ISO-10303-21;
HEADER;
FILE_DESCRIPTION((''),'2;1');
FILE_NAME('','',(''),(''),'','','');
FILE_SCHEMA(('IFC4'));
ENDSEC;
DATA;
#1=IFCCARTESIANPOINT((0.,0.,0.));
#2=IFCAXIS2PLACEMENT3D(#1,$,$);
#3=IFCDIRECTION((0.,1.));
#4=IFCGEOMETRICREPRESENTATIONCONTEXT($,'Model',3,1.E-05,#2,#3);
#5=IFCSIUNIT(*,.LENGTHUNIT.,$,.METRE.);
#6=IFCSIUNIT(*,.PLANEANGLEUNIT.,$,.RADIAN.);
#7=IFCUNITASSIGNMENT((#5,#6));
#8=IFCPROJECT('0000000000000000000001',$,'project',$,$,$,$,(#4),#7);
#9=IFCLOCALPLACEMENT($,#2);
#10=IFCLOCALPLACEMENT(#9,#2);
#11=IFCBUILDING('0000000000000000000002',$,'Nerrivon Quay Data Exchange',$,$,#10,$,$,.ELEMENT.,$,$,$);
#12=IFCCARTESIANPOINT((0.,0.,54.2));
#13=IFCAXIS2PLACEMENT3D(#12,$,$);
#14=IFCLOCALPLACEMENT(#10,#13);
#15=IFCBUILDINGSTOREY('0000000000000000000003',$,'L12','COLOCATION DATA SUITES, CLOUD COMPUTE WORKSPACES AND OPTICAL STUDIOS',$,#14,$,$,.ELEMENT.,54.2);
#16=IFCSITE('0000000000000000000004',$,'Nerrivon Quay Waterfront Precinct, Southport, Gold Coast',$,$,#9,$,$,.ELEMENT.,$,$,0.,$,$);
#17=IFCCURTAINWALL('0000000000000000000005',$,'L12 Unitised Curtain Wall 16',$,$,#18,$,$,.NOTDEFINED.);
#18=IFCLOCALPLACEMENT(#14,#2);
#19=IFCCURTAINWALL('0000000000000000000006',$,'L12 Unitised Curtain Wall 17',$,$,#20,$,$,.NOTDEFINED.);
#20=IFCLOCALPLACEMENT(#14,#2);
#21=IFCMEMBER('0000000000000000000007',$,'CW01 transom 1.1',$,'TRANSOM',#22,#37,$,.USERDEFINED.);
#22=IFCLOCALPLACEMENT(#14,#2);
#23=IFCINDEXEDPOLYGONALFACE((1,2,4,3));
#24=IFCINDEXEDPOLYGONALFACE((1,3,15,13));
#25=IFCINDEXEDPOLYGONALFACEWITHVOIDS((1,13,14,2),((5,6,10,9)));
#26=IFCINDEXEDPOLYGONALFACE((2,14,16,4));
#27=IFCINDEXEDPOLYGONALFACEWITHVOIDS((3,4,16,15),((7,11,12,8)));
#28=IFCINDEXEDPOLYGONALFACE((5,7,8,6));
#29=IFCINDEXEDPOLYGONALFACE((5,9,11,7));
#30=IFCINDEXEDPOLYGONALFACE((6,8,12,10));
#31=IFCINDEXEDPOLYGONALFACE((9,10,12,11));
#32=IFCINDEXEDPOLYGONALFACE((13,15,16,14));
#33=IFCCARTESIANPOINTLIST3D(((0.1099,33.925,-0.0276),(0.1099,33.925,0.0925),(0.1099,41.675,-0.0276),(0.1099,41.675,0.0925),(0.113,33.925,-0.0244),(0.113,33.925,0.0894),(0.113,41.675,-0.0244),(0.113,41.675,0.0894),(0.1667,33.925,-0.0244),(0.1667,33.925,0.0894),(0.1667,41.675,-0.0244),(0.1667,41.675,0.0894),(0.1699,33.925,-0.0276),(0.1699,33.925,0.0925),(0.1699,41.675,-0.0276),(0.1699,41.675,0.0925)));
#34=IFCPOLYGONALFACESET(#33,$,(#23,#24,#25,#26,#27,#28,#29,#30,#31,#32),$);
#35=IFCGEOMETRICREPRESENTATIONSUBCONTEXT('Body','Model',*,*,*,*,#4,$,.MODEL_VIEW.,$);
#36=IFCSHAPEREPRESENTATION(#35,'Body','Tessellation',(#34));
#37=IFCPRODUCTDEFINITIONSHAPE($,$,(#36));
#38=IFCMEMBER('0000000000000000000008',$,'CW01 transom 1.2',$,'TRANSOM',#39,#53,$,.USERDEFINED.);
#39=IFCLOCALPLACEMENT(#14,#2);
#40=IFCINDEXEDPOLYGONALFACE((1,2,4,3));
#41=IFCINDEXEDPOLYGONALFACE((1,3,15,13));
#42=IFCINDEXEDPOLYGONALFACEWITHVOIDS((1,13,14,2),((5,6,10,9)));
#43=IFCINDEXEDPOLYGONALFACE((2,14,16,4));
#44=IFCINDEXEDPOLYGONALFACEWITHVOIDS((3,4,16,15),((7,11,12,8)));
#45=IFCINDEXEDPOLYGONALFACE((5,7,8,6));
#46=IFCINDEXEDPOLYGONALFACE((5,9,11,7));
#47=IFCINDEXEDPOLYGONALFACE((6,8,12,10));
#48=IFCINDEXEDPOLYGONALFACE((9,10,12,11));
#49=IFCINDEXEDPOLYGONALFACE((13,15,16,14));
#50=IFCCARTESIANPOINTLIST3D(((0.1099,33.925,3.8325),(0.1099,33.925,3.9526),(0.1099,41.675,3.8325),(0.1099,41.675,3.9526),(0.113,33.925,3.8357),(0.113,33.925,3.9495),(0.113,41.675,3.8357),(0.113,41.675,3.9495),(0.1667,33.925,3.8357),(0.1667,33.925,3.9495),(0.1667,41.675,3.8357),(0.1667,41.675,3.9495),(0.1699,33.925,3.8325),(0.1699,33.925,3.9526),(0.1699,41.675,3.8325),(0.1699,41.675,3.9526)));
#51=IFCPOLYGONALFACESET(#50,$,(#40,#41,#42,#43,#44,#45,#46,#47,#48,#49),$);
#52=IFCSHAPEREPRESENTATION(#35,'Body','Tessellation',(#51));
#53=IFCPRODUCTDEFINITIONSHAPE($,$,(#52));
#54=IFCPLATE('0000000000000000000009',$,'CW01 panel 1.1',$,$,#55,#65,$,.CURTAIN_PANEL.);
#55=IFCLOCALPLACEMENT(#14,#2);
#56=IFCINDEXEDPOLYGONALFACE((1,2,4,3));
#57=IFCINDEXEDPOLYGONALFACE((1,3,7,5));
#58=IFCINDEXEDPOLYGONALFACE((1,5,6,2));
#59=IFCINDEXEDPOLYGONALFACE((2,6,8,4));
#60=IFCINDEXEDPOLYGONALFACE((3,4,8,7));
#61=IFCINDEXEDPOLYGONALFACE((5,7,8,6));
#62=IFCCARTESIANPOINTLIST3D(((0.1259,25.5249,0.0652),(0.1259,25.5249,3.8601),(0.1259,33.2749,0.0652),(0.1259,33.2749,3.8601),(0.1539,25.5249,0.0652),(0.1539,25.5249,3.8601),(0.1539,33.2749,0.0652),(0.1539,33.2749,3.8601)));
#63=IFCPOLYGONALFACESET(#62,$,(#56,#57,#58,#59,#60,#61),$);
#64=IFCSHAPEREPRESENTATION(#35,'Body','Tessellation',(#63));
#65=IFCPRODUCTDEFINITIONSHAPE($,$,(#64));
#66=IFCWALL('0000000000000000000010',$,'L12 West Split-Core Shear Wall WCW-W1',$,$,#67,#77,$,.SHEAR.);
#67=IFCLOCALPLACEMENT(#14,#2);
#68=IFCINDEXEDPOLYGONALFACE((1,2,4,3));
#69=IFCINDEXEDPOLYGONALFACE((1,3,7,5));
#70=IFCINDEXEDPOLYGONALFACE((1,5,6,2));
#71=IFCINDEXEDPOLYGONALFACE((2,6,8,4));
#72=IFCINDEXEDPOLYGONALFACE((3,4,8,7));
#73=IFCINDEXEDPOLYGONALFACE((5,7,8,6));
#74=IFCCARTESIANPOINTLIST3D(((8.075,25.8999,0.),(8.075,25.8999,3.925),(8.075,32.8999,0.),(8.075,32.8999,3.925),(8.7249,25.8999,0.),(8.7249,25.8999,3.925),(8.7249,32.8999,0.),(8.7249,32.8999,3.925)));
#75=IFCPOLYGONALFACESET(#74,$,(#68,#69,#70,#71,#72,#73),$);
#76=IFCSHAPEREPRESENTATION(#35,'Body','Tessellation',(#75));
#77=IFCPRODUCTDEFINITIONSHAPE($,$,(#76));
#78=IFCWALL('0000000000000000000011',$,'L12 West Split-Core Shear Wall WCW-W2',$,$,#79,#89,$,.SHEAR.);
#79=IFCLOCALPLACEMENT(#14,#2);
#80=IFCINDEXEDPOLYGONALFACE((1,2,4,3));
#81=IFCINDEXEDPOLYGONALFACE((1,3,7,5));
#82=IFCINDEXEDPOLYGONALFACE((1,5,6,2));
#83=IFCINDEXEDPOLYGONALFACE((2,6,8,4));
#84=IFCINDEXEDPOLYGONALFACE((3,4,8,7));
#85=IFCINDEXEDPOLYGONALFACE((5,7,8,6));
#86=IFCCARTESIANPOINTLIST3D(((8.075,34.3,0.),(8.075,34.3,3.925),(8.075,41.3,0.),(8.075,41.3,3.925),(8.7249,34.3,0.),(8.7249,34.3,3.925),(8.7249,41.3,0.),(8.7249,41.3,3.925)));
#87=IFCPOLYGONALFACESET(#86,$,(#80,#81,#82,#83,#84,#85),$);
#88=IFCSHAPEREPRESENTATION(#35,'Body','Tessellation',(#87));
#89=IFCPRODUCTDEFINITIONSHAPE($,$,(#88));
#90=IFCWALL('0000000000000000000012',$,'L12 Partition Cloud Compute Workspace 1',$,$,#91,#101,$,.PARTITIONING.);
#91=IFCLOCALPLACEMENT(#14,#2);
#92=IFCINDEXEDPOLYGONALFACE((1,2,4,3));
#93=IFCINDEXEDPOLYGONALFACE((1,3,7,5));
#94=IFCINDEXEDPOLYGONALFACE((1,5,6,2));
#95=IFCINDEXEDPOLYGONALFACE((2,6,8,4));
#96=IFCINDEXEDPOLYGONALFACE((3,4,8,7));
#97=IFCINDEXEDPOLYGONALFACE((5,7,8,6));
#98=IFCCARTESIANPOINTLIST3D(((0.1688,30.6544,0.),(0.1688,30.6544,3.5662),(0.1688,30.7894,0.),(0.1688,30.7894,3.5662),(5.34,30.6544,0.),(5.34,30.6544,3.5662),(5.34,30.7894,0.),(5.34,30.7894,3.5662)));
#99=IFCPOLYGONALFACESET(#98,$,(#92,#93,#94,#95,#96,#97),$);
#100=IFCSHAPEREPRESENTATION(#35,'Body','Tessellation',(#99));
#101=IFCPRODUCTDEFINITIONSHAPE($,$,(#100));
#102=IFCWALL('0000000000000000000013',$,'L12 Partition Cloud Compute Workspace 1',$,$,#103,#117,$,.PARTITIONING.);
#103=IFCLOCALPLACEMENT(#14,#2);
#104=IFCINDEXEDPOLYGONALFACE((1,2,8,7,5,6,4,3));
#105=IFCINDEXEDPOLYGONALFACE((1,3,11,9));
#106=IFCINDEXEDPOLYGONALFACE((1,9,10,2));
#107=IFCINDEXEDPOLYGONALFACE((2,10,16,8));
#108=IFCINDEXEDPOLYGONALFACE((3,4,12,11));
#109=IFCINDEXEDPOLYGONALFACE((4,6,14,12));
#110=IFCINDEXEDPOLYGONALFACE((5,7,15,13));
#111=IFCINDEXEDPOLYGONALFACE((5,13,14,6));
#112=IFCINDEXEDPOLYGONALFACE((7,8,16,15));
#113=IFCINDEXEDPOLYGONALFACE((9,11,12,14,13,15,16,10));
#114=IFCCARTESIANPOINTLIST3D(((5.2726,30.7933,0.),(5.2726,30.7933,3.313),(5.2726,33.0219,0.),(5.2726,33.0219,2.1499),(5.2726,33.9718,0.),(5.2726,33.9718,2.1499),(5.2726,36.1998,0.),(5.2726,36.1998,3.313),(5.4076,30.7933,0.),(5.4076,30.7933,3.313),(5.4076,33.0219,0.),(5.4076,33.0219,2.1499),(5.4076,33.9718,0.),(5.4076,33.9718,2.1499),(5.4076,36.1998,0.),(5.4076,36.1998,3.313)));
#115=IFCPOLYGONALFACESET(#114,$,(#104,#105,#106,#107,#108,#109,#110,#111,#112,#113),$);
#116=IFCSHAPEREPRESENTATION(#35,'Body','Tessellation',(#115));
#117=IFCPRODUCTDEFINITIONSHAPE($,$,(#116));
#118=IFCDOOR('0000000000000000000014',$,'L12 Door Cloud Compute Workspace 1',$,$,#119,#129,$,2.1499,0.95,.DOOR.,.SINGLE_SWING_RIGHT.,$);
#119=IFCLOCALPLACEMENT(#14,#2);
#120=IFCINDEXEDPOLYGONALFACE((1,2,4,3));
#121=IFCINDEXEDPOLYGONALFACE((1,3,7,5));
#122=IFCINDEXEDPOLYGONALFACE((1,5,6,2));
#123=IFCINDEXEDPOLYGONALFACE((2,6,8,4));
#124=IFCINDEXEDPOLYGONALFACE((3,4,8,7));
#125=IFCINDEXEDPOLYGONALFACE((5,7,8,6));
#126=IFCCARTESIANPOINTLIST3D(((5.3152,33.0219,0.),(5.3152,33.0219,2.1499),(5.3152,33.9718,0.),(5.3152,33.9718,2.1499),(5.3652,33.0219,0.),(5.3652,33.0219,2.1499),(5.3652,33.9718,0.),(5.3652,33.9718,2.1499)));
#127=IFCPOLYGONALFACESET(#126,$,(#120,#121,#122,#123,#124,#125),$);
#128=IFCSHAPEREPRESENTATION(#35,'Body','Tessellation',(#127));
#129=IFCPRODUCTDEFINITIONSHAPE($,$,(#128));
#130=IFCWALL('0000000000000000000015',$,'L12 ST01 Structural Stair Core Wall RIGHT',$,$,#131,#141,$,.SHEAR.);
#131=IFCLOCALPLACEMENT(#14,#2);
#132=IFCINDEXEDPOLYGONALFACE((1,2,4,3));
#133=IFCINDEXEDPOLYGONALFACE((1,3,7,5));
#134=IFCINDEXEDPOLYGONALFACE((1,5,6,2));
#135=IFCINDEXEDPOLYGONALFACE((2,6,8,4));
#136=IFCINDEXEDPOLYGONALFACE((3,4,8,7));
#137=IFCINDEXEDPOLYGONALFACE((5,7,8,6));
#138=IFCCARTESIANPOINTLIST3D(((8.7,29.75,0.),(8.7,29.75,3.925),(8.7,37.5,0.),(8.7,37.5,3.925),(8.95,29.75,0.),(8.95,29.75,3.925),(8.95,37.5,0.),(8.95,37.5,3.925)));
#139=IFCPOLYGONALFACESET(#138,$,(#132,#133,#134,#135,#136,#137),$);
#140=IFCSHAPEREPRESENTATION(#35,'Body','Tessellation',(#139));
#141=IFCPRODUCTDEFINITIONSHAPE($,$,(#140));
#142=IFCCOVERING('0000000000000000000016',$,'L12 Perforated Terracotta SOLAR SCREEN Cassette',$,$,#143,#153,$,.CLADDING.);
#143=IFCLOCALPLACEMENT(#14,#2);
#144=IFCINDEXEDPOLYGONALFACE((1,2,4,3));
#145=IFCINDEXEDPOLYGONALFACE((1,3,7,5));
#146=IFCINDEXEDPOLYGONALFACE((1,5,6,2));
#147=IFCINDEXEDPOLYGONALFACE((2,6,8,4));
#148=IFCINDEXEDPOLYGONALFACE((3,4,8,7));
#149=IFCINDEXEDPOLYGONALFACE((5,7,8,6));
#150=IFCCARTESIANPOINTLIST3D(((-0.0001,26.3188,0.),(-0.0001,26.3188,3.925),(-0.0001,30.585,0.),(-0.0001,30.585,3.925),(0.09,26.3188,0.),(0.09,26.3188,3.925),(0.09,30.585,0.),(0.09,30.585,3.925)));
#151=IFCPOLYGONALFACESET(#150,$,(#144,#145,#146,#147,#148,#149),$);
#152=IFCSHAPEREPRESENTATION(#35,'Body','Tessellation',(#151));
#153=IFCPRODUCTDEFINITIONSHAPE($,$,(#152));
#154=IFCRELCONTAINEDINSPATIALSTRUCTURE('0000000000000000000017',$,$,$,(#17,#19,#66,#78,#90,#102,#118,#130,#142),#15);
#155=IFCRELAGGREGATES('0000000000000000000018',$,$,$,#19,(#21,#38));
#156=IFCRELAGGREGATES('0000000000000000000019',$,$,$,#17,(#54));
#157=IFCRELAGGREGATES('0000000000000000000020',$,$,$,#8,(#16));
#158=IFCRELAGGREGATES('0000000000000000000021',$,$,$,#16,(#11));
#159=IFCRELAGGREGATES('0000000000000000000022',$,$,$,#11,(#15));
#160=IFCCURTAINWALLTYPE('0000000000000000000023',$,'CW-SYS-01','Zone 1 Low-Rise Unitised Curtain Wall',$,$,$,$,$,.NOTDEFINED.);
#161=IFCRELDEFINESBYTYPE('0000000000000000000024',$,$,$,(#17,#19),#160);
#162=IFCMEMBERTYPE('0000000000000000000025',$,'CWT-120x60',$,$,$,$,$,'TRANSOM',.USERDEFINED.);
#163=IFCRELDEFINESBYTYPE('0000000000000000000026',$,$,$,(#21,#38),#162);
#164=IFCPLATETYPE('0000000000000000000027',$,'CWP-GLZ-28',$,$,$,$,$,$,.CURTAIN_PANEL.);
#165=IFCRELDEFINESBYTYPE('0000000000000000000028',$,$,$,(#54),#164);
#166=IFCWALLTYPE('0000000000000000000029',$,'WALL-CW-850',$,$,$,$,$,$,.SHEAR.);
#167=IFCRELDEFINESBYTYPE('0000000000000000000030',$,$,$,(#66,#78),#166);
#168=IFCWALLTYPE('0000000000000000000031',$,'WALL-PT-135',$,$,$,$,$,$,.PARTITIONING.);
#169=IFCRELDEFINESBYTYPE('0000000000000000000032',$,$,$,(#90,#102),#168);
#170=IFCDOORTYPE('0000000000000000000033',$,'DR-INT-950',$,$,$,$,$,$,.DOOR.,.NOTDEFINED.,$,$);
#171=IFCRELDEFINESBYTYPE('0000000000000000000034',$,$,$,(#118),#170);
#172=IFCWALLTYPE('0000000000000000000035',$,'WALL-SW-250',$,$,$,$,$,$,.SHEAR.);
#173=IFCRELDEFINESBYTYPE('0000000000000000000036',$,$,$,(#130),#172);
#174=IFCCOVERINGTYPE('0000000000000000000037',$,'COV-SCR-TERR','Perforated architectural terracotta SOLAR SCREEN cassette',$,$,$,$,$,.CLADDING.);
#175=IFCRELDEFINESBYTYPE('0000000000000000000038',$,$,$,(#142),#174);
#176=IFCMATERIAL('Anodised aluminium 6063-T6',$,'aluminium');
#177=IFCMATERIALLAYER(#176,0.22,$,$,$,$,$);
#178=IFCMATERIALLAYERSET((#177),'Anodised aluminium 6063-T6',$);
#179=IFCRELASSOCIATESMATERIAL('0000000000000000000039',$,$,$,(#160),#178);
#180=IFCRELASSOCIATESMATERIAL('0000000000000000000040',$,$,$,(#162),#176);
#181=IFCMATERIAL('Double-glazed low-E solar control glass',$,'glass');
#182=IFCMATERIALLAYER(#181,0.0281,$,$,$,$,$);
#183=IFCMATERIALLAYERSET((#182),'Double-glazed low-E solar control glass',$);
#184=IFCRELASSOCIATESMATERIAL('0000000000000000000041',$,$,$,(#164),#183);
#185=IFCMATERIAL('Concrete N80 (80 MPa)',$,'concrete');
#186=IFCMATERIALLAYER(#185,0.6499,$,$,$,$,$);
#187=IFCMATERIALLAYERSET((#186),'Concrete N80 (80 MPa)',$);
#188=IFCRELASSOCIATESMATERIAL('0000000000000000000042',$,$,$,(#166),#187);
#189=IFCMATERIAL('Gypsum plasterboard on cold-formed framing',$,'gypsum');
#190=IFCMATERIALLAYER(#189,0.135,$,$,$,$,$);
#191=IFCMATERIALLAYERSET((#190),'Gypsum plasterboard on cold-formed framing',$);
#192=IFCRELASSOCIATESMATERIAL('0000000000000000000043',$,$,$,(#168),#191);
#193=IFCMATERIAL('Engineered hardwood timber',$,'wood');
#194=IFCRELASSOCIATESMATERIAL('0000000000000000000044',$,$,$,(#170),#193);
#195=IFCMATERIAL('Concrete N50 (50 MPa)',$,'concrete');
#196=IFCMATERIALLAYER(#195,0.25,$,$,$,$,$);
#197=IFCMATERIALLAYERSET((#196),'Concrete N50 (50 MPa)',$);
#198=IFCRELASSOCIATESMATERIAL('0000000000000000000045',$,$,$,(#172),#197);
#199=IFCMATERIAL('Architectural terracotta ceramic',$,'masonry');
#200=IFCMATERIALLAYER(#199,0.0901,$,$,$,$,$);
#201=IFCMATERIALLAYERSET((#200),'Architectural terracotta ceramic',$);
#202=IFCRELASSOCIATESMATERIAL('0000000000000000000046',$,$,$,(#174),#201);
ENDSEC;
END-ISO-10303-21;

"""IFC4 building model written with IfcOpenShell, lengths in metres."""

from ifc_helpers import new_model, si_unit, direction, frame, frame_2d, origin, origin_2d, place, context, subcontext, project, spatial, rectangle, hollow_rectangle, extrude, material, layer, layer_set, material_profile, profile_set, type_object, element, fill, aggregate, save


model = new_model("IFC4")

# Units and contexts
model_context = context("Model", 3, precision=1e-05, world=origin(), true_north=direction((0.0, 1.0)))
body_context = subcontext(model_context, "Body", "Model", "MODEL_VIEW")
ifc_project = project(units=[si_unit("LENGTHUNIT", "METRE"), si_unit("PLANEANGLEUNIT", "RADIAN")], contexts=[model_context])

# Site, building, storey
site_placement = place(None, origin())
site = spatial("IfcSite", under=ifc_project, at=site_placement, Name="Nerrivon Quay Waterfront Precinct, Southport, Gold Coast", CompositionType="ELEMENT", RefElevation=0.0)
building_placement = place(site_placement, origin())
building = spatial("IfcBuilding", under=site, at=building_placement, Name="Nerrivon Quay Data Exchange", CompositionType="ELEMENT")
storey_placement = place(building_placement, frame((0.0, 0.0, 54.2)))
storey = spatial("IfcBuildingStorey", under=building, at=storey_placement, Name="L12", Description="COLOCATION DATA SUITES, CLOUD COMPUTE WORKSPACES AND OPTICAL STUDIOS", CompositionType="ELEMENT", Elevation=54.2)

# Shared definitions
ifc_material_1 = material(Name="Concrete N80 (80 MPa)", Category="concrete")

# Curtain wall
ifc_material_2 = material(Name="Anodised aluminium 6063-T6", Category="aluminium")
ifc_layer_1 = layer(ifc_material_2, 0.22)
ifc_layer_set_1 = layer_set([ifc_layer_1], Name="Anodised aluminium 6063-T6")
curtain_wall_type = type_object("IfcCurtainWallType", Name="CW-SYS-01", Description="Zone 1 Low-Rise Unitised Curtain Wall", PredefinedType="NOTDEFINED", material=ifc_layer_set_1)
curtain_wall_1_placement = place(storey_placement, origin())
curtain_wall_1 = element("IfcCurtainWall", 1, at=curtain_wall_1_placement, inside=storey, type_object=curtain_wall_type, Name="L12 Unitised Curtain Wall 16", PredefinedType="NOTDEFINED")

# Curtain wall
curtain_wall_2_placement = place(storey_placement, origin())
curtain_wall_2 = element("IfcCurtainWall", 2, at=curtain_wall_2_placement, inside=storey, type_object=curtain_wall_type, Name="L12 Unitised Curtain Wall 17", PredefinedType="NOTDEFINED")

# Members
ifc_material_profile_1 = material_profile(ifc_material_2, hollow_rectangle(XDim=0.0601, YDim=0.1201, WallThickness=0.0032, at=origin_2d()), Name="ALU-TRAN-120x60")
ifc_profile_set_1 = profile_set([ifc_material_profile_1], Name="Anodised aluminium 6063-T6")
member_type_1 = type_object("IfcMemberType", Name="CWT-120x60", ElementType="TRANSOM", PredefinedType="USERDEFINED", material=ifc_profile_set_1)
member_1_placement = place(storey_placement, frame((0.1399, 33.925, 0.0325), z_axis=(0.0, 1.0, 0.0), x_axis=(-1.0, 0.0, 0.0)))
member_1 = element("IfcMember", 3, at=member_1_placement, type_object=member_type_1, Name="CW01 transom 1.1", ObjectType="TRANSOM", PredefinedType="USERDEFINED", context=body_context, shape_type="SweptSolid", body=[
    extrude(hollow_rectangle(XDim=0.0601, YDim=0.1201, WallThickness=0.0032, at=origin_2d()), origin(), (0.0, 0.0, 1.0), 7.75),
])
member_2_placement = place(storey_placement, frame((0.1399, 33.925, 3.8926), z_axis=(0.0, 1.0, 0.0), x_axis=(-1.0, 0.0, 0.0)))
member_2 = element("IfcMember", 4, at=member_2_placement, type_object=member_type_1, Name="CW01 transom 1.2", ObjectType="TRANSOM", PredefinedType="USERDEFINED", context=body_context, shape_type="SweptSolid", body=[
    extrude(hollow_rectangle(XDim=0.0601, YDim=0.1201, WallThickness=0.0032, at=origin_2d()), origin(), (0.0, 0.0, 1.0), 7.75),
])
aggregate(curtain_wall_2, [member_1, member_2])

# Plate
ifc_material_3 = material(Name="Double-glazed low-E solar control glass", Category="glass")
ifc_layer_2 = layer(ifc_material_3, 0.0281)
ifc_layer_set_2 = layer_set([ifc_layer_2], Name="Double-glazed low-E solar control glass")
plate_type = type_object("IfcPlateType", Name="CWP-GLZ-28", PredefinedType="CURTAIN_PANEL", material=ifc_layer_set_2)
plate_placement = place(storey_placement, frame((0.1399, 29.3999, 0.0652), z_axis=(0.0, 0.0, 1.0), x_axis=(0.0, 1.0, 0.0)))
plate = element("IfcPlate", 5, at=plate_placement, type_object=plate_type, Name="CW01 panel 1.1", PredefinedType="CURTAIN_PANEL", context=body_context, shape_type="SweptSolid", body=[
    extrude(rectangle(XDim=7.75, YDim=0.0281, at=origin_2d()), origin(), (0.0, 0.0, 1.0), 3.7949),
])
aggregate(curtain_wall_1, [plate])

# Walls
ifc_layer_3 = layer(ifc_material_1, 0.6499)
ifc_layer_set_3 = layer_set([ifc_layer_3], Name="Concrete N80 (80 MPa)")
wall_type_1 = type_object("IfcWallType", Name="WALL-CW-850", PredefinedType="SHEAR", material=ifc_layer_set_3)
for number, where, z_axis, x_axis, name in (
    (6, (8.3999, 25.8999, 0.0), (0.0, 0.0, 1.0), (0.0, 1.0, 0.0), "L12 West Split-Core Shear Wall WCW-W1"),
    (7, (8.3999, 34.3, 0.0), (0.0, 0.0, 1.0), (0.0, 1.0, 0.0), "L12 West Split-Core Shear Wall WCW-W2"),
):
    element("IfcWall", number, at=place(storey_placement, frame(where, z_axis=z_axis, x_axis=x_axis)), inside=storey, type_object=wall_type_1, Name=name, PredefinedType="SHEAR", context=body_context, shape_type="SweptSolid", body=[
        extrude(rectangle(XDim=7.0, YDim=0.6499, at=frame_2d((3.5, 0.0))), origin(), (0.0, 0.0, 1.0), 3.925),
    ])
ifc_material_4 = material(Name="Gypsum plasterboard on cold-formed framing", Category="gypsum")
ifc_layer_4 = layer(ifc_material_4, 0.135)
ifc_layer_set_4 = layer_set([ifc_layer_4], Name="Gypsum plasterboard on cold-formed framing")
wall_type_2 = type_object("IfcWallType", Name="WALL-PT-135", PredefinedType="PARTITIONING", material=ifc_layer_set_4)
wall_1_placement = place(storey_placement, frame((0.1689, 30.7219, 0.0), z_axis=(0.0, 0.0, 1.0), x_axis=(1.0, 0.0, 0.0)))
element("IfcWall", 8, at=wall_1_placement, inside=storey, type_object=wall_type_2, Name="L12 Partition Cloud Compute Workspace 1", PredefinedType="PARTITIONING", context=body_context, shape_type="SweptSolid", body=[
    extrude(rectangle(XDim=5.1711, YDim=0.135, at=frame_2d((2.5854, 0.0))), origin(), (0.0, 0.0, 1.0), 3.5662),
])

# Wall, opening, door
wall_2_placement = place(storey_placement, frame((5.3401, 30.7935, 0.0), z_axis=(0.0, 0.0, 1.0), x_axis=(0.0, 1.0, 0.0)))
wall_2 = element("IfcWall", 9, at=wall_2_placement, inside=storey, type_object=wall_type_2, Name="L12 Partition Cloud Compute Workspace 1", PredefinedType="PARTITIONING", context=body_context, shape_type="SweptSolid", body=[
    extrude(rectangle(XDim=5.4065, YDim=0.135, at=frame_2d((2.7031, 0.0))), origin(), (0.0, 0.0, 1.0), 3.313),
])
opening_placement = place(wall_2_placement, frame((2.2283, 0.0, 0.0)))
opening = element("IfcOpeningElement", 10, at=opening_placement, cuts=wall_2, PredefinedType="OPENING", context=body_context, shape_type="SweptSolid", body=[
    extrude(rectangle(XDim=0.95, YDim=2.1499, at=frame_2d((0.4751, 1.075))), frame((0.0, 0.0774, 0.0), z_axis=(0.0, -1.0, 0.0), x_axis=(1.0, 0.0, 0.0)), (0.0, 0.0, 1.0), 0.155),
])
ifc_material_5 = material(Name="Engineered hardwood timber", Category="wood")
door_type = type_object("IfcDoorType", Name="DR-INT-950", OperationType="NOTDEFINED", PredefinedType="DOOR", material=ifc_material_5)
door_placement = place(opening_placement, origin())
door = element("IfcDoor", 11, at=door_placement, inside=storey, type_object=door_type, Name="L12 Door Cloud Compute Workspace 1", OperationType="SINGLE_SWING_RIGHT", OverallHeight=2.1499, OverallWidth=0.95, PredefinedType="DOOR", context=body_context, shape_type="SweptSolid", body=[
    extrude(rectangle(XDim=0.95, YDim=2.1499, at=frame_2d((0.4751, 1.075))), frame((0.0, 0.0249, 0.0), z_axis=(0.0, -1.0, 0.0), x_axis=(1.0, 0.0, 0.0)), (0.0, 0.0, 1.0), 0.05),
])
fill(opening, door)

# Wall
ifc_material_6 = material(Name="Concrete N50 (50 MPa)", Category="concrete")
ifc_layer_5 = layer(ifc_material_6, 0.25)
ifc_layer_set_5 = layer_set([ifc_layer_5], Name="Concrete N50 (50 MPa)")
wall_type_3 = type_object("IfcWallType", Name="WALL-SW-250", PredefinedType="SHEAR", material=ifc_layer_set_5)
wall_3_placement = place(storey_placement, frame((8.825, 29.75, 0.0), z_axis=(0.0, 0.0, 1.0), x_axis=(0.0, 1.0, 0.0)))
element("IfcWall", 12, at=wall_3_placement, inside=storey, type_object=wall_type_3, Name="L12 ST01 Structural Stair Core Wall RIGHT", PredefinedType="SHEAR", context=body_context, shape_type="SweptSolid", body=[
    extrude(rectangle(XDim=7.75, YDim=0.25, at=frame_2d((3.875, 0.0))), origin(), (0.0, 0.0, 1.0), 3.925),
])

# Covering
ifc_material_7 = material(Name="Architectural terracotta ceramic", Category="masonry")
ifc_layer_6 = layer(ifc_material_7, 0.0901)
ifc_layer_set_6 = layer_set([ifc_layer_6], Name="Architectural terracotta ceramic")
covering_type = type_object("IfcCoveringType", Name="COV-SCR-TERR", Description="Perforated architectural terracotta SOLAR SCREEN cassette", PredefinedType="CLADDING", material=ifc_layer_set_6)
covering_placement = place(storey_placement, frame((0.0449, 28.4519, 0.0), z_axis=(0.0, 0.0, 1.0), x_axis=(0.0, 1.0, 0.0)))
element("IfcCovering", 13, at=covering_placement, inside=storey, type_object=covering_type, Name="L12 Perforated Terracotta SOLAR SCREEN Cassette", PredefinedType="CLADDING", context=body_context, shape_type="SweptSolid", body=[
    extrude(rectangle(XDim=4.2661, YDim=0.0901, at=origin_2d()), origin(), (0.0, 0.0, 1.0), 3.925),
])

save(model, "model.ifc")
